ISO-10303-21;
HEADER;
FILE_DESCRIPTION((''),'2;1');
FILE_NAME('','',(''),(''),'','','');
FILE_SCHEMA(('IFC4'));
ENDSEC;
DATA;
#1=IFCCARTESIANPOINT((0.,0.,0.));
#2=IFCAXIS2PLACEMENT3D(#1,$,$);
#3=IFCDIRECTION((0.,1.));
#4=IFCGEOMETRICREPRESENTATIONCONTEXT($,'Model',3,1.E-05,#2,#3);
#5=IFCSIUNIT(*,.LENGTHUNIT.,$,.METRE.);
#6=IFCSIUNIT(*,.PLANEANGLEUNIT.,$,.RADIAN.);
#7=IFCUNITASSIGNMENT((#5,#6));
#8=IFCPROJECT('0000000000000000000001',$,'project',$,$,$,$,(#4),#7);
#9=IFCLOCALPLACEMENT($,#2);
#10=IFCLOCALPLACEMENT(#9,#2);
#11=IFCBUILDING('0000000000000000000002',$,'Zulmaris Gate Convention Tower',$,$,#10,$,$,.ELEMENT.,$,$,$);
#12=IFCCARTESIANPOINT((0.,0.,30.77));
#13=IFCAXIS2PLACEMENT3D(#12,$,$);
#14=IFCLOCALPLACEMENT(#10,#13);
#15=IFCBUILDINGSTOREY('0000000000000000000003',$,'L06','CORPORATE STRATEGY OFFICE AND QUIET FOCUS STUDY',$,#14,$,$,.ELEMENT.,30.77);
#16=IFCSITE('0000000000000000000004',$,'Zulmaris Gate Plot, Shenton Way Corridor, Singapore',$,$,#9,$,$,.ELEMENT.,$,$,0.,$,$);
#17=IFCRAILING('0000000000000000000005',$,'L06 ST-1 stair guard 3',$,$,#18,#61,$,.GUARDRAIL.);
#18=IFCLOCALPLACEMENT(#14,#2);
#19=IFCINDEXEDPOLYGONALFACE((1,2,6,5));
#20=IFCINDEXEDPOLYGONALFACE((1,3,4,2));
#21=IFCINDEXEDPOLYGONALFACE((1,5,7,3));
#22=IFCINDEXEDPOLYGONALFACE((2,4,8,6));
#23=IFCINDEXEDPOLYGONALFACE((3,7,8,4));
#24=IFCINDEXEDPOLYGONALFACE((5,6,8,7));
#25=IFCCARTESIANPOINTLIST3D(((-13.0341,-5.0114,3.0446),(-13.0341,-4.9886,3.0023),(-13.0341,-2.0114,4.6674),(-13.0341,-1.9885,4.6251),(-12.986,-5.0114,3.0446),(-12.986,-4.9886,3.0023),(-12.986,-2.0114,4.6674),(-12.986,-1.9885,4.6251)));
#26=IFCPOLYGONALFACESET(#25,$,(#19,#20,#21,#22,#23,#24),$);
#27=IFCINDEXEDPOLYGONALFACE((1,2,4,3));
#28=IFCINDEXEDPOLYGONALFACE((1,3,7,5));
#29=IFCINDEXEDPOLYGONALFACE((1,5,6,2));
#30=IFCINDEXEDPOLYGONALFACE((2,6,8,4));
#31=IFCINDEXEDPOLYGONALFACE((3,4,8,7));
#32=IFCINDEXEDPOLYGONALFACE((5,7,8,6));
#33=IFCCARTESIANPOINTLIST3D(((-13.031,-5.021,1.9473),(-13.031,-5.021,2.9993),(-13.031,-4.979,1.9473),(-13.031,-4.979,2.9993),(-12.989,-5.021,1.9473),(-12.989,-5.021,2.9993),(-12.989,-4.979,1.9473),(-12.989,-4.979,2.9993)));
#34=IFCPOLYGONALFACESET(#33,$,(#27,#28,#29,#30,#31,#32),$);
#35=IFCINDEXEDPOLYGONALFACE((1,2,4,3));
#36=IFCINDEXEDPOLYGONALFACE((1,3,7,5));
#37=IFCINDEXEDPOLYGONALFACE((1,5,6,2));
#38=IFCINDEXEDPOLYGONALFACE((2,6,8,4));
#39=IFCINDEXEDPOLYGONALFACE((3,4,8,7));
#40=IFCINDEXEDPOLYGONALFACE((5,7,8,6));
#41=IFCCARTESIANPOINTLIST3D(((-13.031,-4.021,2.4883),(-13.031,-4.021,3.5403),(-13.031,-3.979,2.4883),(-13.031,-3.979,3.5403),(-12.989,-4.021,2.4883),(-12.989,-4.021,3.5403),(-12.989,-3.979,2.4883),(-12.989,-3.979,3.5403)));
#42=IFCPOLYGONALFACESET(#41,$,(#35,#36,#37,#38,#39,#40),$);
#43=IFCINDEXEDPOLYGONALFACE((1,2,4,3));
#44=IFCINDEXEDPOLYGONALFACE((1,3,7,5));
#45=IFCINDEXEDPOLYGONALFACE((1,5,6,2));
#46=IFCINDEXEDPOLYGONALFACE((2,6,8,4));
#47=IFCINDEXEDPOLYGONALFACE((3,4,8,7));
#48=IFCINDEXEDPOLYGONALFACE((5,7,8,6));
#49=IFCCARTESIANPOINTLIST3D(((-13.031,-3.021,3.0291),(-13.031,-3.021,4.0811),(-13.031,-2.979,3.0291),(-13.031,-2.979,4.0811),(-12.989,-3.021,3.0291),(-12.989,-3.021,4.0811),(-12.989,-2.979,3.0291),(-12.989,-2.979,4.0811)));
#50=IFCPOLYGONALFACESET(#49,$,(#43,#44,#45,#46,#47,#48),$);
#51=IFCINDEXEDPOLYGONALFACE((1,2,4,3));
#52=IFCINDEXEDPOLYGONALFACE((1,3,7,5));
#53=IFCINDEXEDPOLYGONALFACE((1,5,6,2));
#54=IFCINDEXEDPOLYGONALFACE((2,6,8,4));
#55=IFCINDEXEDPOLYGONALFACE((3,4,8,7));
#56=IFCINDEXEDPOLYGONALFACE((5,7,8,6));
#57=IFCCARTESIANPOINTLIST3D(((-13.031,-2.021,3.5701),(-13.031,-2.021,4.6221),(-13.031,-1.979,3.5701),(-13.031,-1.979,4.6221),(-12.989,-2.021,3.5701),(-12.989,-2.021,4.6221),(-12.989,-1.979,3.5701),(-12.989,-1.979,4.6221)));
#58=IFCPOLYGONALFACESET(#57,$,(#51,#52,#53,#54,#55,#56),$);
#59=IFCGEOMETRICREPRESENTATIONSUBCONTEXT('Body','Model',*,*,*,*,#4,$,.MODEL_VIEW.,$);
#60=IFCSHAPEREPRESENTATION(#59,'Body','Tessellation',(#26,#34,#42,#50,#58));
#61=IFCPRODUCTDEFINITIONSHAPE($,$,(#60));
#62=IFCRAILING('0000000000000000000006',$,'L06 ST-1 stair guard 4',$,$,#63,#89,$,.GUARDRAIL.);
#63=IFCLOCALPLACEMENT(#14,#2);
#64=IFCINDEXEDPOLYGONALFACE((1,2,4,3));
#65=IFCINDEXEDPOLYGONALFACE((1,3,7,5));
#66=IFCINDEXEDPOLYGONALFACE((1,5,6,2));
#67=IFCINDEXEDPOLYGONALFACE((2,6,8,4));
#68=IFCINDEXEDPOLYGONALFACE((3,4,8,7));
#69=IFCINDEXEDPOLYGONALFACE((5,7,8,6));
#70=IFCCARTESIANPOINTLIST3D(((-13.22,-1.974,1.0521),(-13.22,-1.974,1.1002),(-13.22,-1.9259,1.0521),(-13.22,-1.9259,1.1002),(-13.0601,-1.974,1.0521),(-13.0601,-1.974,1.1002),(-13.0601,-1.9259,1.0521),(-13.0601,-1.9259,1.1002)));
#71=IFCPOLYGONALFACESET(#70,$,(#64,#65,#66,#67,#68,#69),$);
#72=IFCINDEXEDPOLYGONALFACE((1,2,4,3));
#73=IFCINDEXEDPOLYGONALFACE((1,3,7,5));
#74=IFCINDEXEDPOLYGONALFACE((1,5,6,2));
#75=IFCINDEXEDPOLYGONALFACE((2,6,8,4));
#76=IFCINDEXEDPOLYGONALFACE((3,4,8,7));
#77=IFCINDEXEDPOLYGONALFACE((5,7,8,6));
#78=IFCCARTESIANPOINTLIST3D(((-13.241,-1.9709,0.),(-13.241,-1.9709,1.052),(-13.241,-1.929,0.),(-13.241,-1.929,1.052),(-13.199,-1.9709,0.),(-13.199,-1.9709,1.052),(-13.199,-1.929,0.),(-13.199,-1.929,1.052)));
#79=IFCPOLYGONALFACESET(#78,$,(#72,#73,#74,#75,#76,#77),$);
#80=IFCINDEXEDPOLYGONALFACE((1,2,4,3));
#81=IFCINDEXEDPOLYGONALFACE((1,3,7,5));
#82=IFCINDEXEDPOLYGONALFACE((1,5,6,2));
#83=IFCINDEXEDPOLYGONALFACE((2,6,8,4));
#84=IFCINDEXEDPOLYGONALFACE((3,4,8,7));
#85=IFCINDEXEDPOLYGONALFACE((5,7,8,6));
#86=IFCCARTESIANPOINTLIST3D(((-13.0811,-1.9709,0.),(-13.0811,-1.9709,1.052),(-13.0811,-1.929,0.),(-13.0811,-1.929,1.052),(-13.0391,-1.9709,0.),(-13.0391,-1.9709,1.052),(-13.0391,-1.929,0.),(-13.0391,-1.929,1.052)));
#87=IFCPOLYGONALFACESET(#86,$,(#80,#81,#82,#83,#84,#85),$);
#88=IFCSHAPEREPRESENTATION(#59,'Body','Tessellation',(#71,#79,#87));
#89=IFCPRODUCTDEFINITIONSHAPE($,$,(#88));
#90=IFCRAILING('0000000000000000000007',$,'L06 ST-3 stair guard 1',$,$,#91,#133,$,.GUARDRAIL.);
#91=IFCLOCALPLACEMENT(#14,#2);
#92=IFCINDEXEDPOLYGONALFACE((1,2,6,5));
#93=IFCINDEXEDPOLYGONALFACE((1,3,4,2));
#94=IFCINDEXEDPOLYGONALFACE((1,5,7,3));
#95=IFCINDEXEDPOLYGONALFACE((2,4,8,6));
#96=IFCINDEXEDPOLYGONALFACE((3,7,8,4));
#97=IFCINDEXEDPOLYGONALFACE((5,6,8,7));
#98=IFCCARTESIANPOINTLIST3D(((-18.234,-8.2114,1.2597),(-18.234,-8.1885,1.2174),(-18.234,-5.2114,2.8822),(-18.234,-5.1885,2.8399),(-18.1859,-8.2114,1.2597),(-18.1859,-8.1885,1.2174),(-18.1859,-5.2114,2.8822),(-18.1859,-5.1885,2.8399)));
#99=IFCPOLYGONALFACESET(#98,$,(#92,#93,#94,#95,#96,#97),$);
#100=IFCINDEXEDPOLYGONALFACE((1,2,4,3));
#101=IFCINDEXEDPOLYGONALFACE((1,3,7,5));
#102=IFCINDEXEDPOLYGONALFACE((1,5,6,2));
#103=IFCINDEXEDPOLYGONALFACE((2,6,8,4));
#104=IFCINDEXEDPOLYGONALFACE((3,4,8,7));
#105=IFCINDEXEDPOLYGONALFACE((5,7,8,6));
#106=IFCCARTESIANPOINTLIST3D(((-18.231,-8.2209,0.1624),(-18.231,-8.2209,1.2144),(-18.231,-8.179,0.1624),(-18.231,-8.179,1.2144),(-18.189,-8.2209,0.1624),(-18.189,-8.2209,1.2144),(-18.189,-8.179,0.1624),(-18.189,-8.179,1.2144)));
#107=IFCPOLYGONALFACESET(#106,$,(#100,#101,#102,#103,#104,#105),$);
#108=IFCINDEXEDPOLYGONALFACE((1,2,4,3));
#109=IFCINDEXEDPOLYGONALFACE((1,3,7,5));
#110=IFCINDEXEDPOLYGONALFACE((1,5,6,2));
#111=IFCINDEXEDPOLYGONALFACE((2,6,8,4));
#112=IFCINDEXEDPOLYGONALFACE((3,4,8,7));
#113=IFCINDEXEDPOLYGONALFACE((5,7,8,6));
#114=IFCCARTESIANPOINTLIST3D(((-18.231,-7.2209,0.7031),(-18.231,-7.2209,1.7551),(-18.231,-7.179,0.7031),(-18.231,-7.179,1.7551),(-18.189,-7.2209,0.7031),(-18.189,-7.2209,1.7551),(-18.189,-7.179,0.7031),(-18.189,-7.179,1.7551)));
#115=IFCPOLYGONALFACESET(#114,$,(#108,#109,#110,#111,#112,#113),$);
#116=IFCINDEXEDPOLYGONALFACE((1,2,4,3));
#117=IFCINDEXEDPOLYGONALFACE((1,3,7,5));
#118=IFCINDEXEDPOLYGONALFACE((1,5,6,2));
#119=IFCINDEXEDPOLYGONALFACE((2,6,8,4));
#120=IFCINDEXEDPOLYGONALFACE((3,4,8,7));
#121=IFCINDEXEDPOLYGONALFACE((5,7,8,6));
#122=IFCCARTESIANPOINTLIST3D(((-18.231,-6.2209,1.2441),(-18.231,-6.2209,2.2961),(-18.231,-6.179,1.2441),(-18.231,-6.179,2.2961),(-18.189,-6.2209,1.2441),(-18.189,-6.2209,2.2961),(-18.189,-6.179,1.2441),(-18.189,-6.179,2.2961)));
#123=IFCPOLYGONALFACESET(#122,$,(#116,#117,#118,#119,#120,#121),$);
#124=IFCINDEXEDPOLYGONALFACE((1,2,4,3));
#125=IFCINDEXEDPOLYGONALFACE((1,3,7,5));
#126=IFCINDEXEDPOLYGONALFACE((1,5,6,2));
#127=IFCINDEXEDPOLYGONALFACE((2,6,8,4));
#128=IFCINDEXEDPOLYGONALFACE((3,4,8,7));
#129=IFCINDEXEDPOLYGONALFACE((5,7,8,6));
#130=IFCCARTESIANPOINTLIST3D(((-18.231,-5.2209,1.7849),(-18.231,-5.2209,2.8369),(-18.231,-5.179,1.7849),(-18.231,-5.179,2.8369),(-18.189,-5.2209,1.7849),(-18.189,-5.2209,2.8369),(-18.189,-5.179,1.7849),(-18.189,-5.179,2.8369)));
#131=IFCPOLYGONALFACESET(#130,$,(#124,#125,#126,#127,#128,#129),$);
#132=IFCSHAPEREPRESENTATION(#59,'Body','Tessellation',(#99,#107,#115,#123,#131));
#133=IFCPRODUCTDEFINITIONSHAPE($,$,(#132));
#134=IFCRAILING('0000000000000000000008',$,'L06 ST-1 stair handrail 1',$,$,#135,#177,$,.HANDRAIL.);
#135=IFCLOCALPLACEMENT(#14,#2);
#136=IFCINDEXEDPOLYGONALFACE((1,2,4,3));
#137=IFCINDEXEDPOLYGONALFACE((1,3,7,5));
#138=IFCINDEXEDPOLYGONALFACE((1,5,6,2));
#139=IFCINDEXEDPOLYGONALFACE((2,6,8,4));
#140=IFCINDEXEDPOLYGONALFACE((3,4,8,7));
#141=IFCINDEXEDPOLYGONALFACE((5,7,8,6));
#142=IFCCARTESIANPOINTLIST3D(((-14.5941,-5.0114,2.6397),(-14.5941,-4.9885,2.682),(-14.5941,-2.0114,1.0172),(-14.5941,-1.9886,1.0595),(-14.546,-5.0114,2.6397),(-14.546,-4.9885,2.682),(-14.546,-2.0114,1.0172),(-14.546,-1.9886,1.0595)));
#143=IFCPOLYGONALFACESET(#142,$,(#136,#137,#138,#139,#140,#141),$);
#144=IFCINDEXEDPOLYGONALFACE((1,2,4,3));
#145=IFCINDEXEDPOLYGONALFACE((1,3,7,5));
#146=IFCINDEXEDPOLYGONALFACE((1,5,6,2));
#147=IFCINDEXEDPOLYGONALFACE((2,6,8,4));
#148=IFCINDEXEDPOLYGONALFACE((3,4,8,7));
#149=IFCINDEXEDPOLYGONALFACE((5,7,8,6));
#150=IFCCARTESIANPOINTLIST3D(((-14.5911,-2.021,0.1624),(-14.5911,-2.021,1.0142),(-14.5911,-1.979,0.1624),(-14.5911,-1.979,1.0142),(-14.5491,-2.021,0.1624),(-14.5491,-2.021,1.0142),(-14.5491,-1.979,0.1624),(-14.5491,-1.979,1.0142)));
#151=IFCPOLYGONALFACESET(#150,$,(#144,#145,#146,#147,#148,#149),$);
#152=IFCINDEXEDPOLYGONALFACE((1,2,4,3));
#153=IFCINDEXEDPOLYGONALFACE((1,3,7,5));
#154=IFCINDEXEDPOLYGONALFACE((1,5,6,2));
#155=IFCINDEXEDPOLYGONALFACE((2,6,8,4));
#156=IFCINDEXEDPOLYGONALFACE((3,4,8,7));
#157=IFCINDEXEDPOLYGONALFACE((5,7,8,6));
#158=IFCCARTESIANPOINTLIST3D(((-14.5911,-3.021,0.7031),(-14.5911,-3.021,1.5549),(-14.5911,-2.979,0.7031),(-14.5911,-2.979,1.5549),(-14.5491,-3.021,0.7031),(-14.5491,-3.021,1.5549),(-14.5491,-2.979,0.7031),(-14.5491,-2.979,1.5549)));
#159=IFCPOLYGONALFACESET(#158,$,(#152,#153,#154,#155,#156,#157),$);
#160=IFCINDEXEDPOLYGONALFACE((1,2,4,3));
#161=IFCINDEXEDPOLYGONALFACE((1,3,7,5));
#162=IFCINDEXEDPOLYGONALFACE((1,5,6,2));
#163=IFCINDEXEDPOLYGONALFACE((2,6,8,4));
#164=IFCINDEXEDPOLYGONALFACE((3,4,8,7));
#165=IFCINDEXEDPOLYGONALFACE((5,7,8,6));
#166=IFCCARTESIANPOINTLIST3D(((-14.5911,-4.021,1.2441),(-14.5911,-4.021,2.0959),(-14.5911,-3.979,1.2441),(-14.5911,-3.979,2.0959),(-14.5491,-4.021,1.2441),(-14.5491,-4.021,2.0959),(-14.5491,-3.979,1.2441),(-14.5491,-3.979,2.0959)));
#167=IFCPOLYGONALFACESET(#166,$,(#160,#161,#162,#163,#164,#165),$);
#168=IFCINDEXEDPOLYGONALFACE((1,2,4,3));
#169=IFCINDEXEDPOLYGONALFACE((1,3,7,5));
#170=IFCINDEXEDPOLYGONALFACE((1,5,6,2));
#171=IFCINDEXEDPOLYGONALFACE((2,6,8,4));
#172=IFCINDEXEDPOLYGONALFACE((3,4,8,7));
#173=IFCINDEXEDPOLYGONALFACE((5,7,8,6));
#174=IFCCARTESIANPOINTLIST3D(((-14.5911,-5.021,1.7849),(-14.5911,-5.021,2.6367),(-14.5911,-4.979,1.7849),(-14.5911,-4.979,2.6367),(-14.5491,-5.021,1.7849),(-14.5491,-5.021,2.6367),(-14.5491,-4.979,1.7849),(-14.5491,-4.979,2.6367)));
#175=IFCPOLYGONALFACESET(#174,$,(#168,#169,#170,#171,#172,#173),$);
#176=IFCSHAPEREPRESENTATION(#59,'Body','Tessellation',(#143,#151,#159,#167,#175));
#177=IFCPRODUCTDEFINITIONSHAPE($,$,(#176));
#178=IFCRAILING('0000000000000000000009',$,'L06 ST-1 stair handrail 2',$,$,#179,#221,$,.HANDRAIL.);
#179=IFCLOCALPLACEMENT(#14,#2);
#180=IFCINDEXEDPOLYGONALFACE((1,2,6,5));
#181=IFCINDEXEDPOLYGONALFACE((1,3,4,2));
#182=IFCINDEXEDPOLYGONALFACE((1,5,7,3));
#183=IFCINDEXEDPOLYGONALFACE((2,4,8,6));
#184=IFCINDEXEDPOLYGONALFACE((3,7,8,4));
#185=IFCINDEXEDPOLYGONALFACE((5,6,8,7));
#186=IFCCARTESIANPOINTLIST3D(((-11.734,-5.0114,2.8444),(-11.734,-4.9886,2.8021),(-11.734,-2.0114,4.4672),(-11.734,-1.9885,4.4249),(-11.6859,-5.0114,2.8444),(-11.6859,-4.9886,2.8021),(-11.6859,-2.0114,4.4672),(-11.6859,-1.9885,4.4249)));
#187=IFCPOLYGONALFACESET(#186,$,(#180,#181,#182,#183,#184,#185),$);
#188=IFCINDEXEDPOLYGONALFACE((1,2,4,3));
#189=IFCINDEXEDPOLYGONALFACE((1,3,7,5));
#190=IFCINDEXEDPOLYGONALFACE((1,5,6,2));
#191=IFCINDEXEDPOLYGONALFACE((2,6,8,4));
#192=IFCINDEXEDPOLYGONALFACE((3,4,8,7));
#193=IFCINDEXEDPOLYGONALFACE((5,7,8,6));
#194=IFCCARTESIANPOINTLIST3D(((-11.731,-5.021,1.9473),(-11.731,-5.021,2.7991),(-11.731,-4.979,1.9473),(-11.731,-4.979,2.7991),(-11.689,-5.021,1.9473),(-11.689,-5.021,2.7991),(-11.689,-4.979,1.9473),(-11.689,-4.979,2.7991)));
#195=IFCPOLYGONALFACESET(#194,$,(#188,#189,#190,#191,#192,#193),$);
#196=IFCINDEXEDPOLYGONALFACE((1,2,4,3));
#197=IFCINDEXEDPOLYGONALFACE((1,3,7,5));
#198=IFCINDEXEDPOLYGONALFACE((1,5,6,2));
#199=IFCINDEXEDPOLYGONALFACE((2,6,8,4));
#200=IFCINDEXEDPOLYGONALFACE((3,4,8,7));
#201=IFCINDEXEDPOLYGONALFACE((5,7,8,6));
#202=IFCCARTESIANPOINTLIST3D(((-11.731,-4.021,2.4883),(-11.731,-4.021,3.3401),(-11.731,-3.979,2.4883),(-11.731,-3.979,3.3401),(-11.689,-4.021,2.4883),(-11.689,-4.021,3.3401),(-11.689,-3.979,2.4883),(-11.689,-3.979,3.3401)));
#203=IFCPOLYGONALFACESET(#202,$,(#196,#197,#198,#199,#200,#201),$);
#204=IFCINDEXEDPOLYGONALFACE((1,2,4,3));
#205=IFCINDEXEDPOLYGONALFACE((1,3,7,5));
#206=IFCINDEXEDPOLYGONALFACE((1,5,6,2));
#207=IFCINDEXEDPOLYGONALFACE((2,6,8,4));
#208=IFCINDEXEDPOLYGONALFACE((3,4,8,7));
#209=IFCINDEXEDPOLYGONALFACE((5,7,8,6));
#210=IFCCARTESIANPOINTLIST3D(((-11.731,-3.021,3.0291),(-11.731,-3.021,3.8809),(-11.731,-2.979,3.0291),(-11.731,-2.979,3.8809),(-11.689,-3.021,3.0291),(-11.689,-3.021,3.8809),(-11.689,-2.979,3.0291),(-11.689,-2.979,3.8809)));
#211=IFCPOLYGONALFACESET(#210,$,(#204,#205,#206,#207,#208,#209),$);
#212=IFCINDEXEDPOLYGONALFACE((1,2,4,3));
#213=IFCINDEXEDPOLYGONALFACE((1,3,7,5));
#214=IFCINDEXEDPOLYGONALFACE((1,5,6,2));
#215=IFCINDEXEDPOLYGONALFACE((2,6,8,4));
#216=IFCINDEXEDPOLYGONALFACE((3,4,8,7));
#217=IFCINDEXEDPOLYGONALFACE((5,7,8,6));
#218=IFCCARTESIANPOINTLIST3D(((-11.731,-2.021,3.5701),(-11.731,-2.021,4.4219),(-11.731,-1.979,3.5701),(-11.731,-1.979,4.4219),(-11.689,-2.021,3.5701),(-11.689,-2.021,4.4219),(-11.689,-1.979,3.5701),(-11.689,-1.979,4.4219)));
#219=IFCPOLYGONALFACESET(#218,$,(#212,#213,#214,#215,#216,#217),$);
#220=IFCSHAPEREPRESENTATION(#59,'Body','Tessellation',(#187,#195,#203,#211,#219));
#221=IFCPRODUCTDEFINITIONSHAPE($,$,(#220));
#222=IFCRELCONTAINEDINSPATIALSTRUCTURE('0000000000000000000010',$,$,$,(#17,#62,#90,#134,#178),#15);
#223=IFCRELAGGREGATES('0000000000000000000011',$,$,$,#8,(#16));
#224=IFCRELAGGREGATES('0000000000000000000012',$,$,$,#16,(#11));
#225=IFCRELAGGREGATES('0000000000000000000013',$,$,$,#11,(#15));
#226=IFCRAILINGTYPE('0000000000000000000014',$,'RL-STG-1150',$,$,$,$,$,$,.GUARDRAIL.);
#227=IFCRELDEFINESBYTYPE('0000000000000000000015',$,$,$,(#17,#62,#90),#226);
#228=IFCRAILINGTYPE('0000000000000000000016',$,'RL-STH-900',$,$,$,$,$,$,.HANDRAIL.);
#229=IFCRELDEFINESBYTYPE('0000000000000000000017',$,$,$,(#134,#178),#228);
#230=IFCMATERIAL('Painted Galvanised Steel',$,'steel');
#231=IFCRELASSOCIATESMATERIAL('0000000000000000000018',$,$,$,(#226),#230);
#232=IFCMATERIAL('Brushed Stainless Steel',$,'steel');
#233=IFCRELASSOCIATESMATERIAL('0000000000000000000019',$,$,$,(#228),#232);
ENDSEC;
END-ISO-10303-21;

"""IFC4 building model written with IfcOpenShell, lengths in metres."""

from ifc_helpers import new_model, si_unit, direction, frame, origin, origin_2d, place, context, subcontext, project, spatial, rectangle, extrude, material, type_object, element, save


model = new_model("IFC4")

# Units and contexts
model_context = context("Model", 3, precision=1e-05, world=origin(), true_north=direction((0.0, 1.0)))
body_context = subcontext(model_context, "Body", "Model", "MODEL_VIEW")
ifc_project = project(units=[si_unit("LENGTHUNIT", "METRE"), si_unit("PLANEANGLEUNIT", "RADIAN")], contexts=[model_context])

# Site, building, storey
site_placement = place(None, origin())
site = spatial("IfcSite", under=ifc_project, at=site_placement, Name="Zulmaris Gate Plot, Shenton Way Corridor, Singapore", CompositionType="ELEMENT", RefElevation=0.0)
building_placement = place(site_placement, origin())
building = spatial("IfcBuilding", under=site, at=building_placement, Name="Zulmaris Gate Convention Tower", CompositionType="ELEMENT")
storey_placement = place(building_placement, frame((0.0, 0.0, 30.77)))
storey = spatial("IfcBuildingStorey", under=building, at=storey_placement, Name="L06", Description="CORPORATE STRATEGY OFFICE AND QUIET FOCUS STUDY", CompositionType="ELEMENT", Elevation=30.77)

# Shared definitions
ifc_material_1 = material(Name="Brushed Stainless Steel", Category="steel")

# Railings
ifc_material_2 = material(Name="Painted Galvanised Steel", Category="steel")
railing_type_1 = type_object("IfcRailingType", Name="RL-STG-1150", PredefinedType="GUARDRAIL", material=ifc_material_2)
railing_1_placement = place(storey_placement, frame((-13.01, -5.0, 1.9473)))
element("IfcRailing", 1, at=railing_1_placement, inside=storey, type_object=railing_type_1, Name="L06 ST-1 stair guard 3", PredefinedType="GUARDRAIL", context=body_context, shape_type="SweptSolid", body=[
    extrude(rectangle(XDim=0.0481, YDim=0.0481, at=origin_2d()), frame((0.0, 0.0, 1.0762), z_axis=(0.0, 0.879562, 0.475785), x_axis=(-1.0, 0.0, 0.0)), (0.0, 0.0, 1.0), 3.4109),
    extrude(rectangle(XDim=0.042, YDim=0.042, at=origin_2d()), origin(), (0.0, 0.0, 1.0), 1.052),
    extrude(rectangle(XDim=0.042, YDim=0.042, at=origin_2d()), frame((0.0, 1.0, 0.541)), (0.0, 0.0, 1.0), 1.052),
    extrude(rectangle(XDim=0.042, YDim=0.042, at=origin_2d()), frame((0.0, 2.0, 1.0818)), (0.0, 0.0, 1.0), 1.052),
    extrude(rectangle(XDim=0.042, YDim=0.042, at=origin_2d()), frame((0.0, 3.0, 1.6228)), (0.0, 0.0, 1.0), 1.052),
])
railing_2_placement = place(storey_placement, frame((-13.22, -1.95, 0.0)))
element("IfcRailing", 2, at=railing_2_placement, inside=storey, type_object=railing_type_1, Name="L06 ST-1 stair guard 4", PredefinedType="GUARDRAIL", context=body_context, shape_type="SweptSolid", body=[
    extrude(rectangle(XDim=0.0481, YDim=0.0481, at=origin_2d()), frame((0.0, 0.0, 1.0762), z_axis=(1.0, 0.0, 0.0), x_axis=(0.0, 1.0, 0.0)), (0.0, 0.0, 1.0), 0.1599),
    extrude(rectangle(XDim=0.042, YDim=0.042, at=origin_2d()), origin(), (0.0, 0.0, 1.0), 1.052),
    extrude(rectangle(XDim=0.042, YDim=0.042, at=origin_2d()), frame((0.1599, 0.0, 0.0)), (0.0, 0.0, 1.0), 1.052),
])
railing_3_placement = place(storey_placement, frame((-18.21, -8.2, 0.1624)))
element("IfcRailing", 3, at=railing_3_placement, inside=storey, type_object=railing_type_1, Name="L06 ST-3 stair guard 1", PredefinedType="GUARDRAIL", context=body_context, shape_type="SweptSolid", body=[
    extrude(rectangle(XDim=0.0481, YDim=0.0481, at=origin_2d()), frame((0.0, 0.0, 1.0762), z_axis=(0.0, 0.879592, 0.47573), x_axis=(-1.0, 0.0, 0.0)), (0.0, 0.0, 1.0), 3.4106),
    extrude(rectangle(XDim=0.042, YDim=0.042, at=origin_2d()), origin(), (0.0, 0.0, 1.0), 1.052),
    extrude(rectangle(XDim=0.042, YDim=0.042, at=origin_2d()), frame((0.0, 1.0, 0.5408)), (0.0, 0.0, 1.0), 1.052),
    extrude(rectangle(XDim=0.042, YDim=0.042, at=origin_2d()), frame((0.0, 2.0, 1.0818)), (0.0, 0.0, 1.0), 1.052),
    extrude(rectangle(XDim=0.042, YDim=0.042, at=origin_2d()), frame((0.0, 3.0, 1.6226)), (0.0, 0.0, 1.0), 1.052),
])
railing_type_2 = type_object("IfcRailingType", Name="RL-STH-900", PredefinedType="HANDRAIL", material=ifc_material_1)
railing_4_placement = place(storey_placement, frame((-14.5701, -2.0, 0.1624)))
element("IfcRailing", 4, at=railing_4_placement, inside=storey, type_object=railing_type_2, Name="L06 ST-1 stair handrail 1", PredefinedType="HANDRAIL", context=body_context, shape_type="SweptSolid", body=[
    extrude(rectangle(XDim=0.0481, YDim=0.0481, at=origin_2d()), frame((0.0, 0.0, 0.876), z_axis=(0.0, -0.879592, 0.47573), x_axis=(1.0, 0.0, 0.0)), (0.0, 0.0, 1.0), 3.4106),
    extrude(rectangle(XDim=0.042, YDim=0.042, at=origin_2d()), origin(), (0.0, 0.0, 1.0), 0.8518),
    extrude(rectangle(XDim=0.042, YDim=0.042, at=origin_2d()), frame((0.0, -1.0, 0.5408)), (0.0, 0.0, 1.0), 0.8518),
    extrude(rectangle(XDim=0.042, YDim=0.042, at=origin_2d()), frame((0.0, -2.0, 1.0818)), (0.0, 0.0, 1.0), 0.8518),
    extrude(rectangle(XDim=0.042, YDim=0.042, at=origin_2d()), frame((0.0, -3.0, 1.6226)), (0.0, 0.0, 1.0), 0.8518),
])
railing_5_placement = place(storey_placement, frame((-11.71, -5.0, 1.9473)))
element("IfcRailing", 5, at=railing_5_placement, inside=storey, type_object=railing_type_2, Name="L06 ST-1 stair handrail 2", PredefinedType="HANDRAIL", context=body_context, shape_type="SweptSolid", body=[
    extrude(rectangle(XDim=0.0481, YDim=0.0481, at=origin_2d()), frame((0.0, 0.0, 0.876), z_axis=(0.0, 0.879562, 0.475785), x_axis=(-1.0, 0.0, 0.0)), (0.0, 0.0, 1.0), 3.4109),
    extrude(rectangle(XDim=0.042, YDim=0.042, at=origin_2d()), origin(), (0.0, 0.0, 1.0), 0.8518),
    extrude(rectangle(XDim=0.042, YDim=0.042, at=origin_2d()), frame((0.0, 1.0, 0.541)), (0.0, 0.0, 1.0), 0.8518),
    extrude(rectangle(XDim=0.042, YDim=0.042, at=origin_2d()), frame((0.0, 2.0, 1.0818)), (0.0, 0.0, 1.0), 0.8518),
    extrude(rectangle(XDim=0.042, YDim=0.042, at=origin_2d()), frame((0.0, 3.0, 1.6228)), (0.0, 0.0, 1.0), 0.8518),
])

save(model, "model.ifc")
